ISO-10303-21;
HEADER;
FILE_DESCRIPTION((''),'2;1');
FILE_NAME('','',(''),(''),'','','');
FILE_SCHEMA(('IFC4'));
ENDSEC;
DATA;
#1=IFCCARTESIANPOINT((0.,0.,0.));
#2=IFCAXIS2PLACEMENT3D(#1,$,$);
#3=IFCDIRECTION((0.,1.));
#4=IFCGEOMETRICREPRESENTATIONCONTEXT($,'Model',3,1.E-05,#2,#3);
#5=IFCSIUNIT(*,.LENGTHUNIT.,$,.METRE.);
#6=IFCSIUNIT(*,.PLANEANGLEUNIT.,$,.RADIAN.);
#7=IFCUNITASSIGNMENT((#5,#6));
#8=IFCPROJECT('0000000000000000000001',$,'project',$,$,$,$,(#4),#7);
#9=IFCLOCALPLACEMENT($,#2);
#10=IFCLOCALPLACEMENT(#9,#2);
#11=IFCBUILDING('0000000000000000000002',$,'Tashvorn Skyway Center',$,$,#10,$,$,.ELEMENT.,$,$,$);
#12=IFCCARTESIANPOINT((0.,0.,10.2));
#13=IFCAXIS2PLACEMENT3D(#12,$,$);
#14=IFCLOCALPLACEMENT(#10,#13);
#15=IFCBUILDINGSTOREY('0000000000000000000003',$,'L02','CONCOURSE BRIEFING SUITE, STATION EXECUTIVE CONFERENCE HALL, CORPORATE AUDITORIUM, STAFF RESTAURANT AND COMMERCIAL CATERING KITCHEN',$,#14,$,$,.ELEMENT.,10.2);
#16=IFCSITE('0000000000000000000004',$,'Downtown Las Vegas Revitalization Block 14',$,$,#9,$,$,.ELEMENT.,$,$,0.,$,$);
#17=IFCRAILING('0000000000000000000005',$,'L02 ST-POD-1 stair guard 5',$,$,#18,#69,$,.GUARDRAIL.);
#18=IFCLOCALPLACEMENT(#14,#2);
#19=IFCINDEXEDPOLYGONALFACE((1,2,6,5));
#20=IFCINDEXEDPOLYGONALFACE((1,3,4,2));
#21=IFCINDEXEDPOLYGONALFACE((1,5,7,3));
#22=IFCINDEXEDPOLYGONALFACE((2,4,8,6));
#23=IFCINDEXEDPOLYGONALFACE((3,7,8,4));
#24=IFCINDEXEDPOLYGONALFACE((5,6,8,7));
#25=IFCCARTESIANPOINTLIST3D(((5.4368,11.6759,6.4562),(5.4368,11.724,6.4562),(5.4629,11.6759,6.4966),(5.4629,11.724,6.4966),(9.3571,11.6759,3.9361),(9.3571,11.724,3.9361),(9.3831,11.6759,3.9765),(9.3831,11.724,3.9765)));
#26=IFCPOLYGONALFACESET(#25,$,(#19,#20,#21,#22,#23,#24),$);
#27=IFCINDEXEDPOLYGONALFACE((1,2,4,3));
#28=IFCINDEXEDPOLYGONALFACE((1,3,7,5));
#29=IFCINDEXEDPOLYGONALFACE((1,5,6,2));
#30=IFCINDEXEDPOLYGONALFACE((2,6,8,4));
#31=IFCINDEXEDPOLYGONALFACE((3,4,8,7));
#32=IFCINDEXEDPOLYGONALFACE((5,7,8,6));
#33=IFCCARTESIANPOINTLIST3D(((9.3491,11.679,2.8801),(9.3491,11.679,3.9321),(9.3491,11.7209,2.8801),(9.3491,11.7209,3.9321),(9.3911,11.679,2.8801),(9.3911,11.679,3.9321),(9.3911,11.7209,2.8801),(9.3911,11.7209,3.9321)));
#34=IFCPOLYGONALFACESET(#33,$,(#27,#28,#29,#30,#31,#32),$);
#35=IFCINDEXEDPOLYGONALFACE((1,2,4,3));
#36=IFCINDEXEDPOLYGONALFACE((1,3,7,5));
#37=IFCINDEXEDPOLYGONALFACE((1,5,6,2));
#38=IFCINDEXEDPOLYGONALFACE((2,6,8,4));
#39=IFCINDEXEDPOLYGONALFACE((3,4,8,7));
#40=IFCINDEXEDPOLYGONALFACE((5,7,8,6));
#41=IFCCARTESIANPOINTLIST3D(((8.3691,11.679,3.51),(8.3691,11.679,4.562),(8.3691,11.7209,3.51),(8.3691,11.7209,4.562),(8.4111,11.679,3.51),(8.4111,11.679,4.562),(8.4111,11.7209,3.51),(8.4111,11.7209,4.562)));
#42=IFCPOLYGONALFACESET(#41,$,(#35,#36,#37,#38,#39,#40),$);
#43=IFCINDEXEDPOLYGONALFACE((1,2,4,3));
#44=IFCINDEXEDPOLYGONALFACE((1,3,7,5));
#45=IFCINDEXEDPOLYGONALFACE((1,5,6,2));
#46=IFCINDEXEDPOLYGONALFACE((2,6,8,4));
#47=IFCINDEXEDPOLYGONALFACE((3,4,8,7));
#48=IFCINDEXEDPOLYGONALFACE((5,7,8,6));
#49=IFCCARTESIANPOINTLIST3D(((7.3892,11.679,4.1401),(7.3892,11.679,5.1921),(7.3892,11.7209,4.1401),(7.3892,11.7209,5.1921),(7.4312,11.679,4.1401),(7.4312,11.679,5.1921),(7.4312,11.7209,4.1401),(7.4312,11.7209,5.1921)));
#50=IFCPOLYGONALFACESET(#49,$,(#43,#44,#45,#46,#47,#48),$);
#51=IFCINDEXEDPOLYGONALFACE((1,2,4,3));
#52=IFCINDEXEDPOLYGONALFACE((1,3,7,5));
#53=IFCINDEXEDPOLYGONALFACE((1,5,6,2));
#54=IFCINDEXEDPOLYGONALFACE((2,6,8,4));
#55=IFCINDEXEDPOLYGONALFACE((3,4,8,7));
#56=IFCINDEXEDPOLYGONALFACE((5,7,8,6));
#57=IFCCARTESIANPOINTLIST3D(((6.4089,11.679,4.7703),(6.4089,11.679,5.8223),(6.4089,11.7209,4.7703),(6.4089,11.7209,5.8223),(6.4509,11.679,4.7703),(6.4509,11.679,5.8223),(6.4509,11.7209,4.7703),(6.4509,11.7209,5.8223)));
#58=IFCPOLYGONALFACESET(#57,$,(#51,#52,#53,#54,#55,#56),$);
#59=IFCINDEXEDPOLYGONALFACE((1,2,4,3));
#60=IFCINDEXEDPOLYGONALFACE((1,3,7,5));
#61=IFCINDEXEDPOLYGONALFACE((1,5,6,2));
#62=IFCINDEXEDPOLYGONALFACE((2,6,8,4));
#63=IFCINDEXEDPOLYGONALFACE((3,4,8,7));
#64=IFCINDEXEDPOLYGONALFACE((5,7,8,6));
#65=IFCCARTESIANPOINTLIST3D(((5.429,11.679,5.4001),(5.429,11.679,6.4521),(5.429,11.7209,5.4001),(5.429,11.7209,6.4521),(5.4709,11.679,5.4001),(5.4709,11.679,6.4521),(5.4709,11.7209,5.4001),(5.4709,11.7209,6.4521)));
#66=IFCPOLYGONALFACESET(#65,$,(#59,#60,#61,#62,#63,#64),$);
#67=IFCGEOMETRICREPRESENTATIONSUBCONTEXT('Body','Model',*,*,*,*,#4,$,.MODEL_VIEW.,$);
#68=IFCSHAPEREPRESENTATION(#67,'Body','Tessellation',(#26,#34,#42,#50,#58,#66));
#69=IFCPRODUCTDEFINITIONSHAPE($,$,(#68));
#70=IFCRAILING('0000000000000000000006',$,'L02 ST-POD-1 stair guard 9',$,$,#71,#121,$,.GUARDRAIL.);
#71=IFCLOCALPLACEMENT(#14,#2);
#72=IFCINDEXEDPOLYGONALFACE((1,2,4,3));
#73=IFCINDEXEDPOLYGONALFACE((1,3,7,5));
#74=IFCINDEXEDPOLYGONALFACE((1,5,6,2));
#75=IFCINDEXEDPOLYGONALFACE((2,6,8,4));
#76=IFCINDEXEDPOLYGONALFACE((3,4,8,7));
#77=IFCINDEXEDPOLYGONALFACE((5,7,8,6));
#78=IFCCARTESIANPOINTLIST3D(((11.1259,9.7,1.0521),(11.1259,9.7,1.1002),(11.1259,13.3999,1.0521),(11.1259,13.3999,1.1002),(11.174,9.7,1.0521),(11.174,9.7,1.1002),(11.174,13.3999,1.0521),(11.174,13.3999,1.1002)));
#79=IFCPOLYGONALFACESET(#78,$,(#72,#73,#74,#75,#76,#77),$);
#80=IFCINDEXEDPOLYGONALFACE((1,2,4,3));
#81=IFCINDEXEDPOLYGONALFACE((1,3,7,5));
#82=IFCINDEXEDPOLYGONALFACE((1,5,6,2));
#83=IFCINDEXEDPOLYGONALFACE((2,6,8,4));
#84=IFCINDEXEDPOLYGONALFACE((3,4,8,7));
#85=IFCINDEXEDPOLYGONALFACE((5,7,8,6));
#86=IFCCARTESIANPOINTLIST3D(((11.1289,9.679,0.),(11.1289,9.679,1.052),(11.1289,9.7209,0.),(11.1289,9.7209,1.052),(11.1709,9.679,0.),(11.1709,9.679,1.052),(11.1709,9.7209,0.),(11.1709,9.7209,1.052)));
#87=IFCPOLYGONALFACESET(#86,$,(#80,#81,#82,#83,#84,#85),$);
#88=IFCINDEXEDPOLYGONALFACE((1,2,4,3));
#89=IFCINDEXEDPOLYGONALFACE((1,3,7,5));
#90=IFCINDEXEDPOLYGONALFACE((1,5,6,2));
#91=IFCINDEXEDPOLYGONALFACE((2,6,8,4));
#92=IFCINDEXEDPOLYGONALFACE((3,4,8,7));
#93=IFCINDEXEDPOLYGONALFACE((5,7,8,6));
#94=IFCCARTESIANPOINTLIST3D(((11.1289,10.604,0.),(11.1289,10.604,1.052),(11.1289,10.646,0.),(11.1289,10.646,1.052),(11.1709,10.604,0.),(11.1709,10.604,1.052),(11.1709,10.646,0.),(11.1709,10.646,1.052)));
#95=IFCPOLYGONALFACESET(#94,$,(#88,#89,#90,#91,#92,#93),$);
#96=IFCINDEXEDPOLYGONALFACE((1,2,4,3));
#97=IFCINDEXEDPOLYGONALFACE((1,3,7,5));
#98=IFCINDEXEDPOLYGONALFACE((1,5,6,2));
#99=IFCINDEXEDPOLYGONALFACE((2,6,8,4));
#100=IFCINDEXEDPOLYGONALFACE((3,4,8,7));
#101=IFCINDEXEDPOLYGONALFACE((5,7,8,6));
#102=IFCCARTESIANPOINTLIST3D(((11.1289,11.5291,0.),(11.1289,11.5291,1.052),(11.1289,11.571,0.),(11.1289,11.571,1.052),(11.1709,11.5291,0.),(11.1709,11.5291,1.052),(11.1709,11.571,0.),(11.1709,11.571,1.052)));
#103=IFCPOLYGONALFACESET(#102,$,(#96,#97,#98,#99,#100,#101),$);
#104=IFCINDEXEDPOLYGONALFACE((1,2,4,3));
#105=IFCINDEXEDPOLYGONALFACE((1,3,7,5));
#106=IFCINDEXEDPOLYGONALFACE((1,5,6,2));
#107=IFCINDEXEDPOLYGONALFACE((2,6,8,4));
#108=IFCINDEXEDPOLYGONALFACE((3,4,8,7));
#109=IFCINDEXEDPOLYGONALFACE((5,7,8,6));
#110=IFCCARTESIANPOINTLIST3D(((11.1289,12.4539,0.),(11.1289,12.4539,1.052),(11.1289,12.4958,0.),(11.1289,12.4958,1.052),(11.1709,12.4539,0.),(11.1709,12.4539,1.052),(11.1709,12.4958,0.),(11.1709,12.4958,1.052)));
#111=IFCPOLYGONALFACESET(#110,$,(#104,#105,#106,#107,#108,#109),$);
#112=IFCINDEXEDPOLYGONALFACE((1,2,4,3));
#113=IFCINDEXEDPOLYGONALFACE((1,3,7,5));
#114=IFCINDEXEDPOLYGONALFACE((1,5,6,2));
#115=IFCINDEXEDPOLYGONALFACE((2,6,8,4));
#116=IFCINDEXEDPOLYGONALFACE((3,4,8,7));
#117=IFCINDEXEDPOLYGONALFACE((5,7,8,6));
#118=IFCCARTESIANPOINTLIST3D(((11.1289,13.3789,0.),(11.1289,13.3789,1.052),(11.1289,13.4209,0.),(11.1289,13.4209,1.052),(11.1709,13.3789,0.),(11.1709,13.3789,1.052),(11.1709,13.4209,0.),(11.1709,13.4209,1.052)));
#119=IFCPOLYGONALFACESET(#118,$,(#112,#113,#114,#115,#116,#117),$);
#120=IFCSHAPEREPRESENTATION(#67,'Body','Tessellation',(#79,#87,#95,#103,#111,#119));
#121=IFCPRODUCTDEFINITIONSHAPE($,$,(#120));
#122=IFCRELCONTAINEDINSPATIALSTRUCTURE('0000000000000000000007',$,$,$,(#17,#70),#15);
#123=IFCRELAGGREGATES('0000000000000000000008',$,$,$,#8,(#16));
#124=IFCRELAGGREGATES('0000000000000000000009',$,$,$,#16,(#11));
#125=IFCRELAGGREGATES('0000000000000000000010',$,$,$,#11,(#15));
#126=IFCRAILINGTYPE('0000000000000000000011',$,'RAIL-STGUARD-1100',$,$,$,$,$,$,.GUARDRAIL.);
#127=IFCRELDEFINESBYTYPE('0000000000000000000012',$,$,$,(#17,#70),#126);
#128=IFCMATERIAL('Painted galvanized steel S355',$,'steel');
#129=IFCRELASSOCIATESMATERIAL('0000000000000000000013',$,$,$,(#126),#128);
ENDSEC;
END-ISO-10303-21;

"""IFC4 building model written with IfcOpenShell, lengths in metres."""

from ifc_helpers import new_model, si_unit, direction, frame, origin, origin_2d, place, context, subcontext, project, spatial, rectangle, extrude, material, type_object, element, save


model = new_model("IFC4")

# Units and contexts
model_context = context("Model", 3, precision=1e-05, world=origin(), true_north=direction((0.0, 1.0)))
body_context = subcontext(model_context, "Body", "Model", "MODEL_VIEW")
ifc_project = project(units=[si_unit("LENGTHUNIT", "METRE"), si_unit("PLANEANGLEUNIT", "RADIAN")], contexts=[model_context])

# Site, building, storey
site_placement = place(None, origin())
site = spatial("IfcSite", under=ifc_project, at=site_placement, Name="Downtown Las Vegas Revitalization Block 14", CompositionType="ELEMENT", RefElevation=0.0)
building_placement = place(site_placement, origin())
building = spatial("IfcBuilding", under=site, at=building_placement, Name="Tashvorn Skyway Center", CompositionType="ELEMENT")
storey_placement = place(building_placement, frame((0.0, 0.0, 10.2)))
storey = spatial("IfcBuildingStorey", under=building, at=storey_placement, Name="L02", Description="CONCOURSE BRIEFING SUITE, STATION EXECUTIVE CONFERENCE HALL, CORPORATE AUDITORIUM, STAFF RESTAURANT AND COMMERCIAL CATERING KITCHEN", CompositionType="ELEMENT", Elevation=10.2)

# Railings
ifc_material_1 = material(Name="Painted galvanized steel S355", Category="steel")
railing_type_1 = type_object("IfcRailingType", Name="RAIL-STGUARD-1100", PredefinedType="GUARDRAIL", material=ifc_material_1)
railing_1_placement = place(storey_placement, frame((9.3701, 11.7, 2.8801)))
element("IfcRailing", 1, at=railing_1_placement, inside=storey, type_object=railing_type_1, Name="L02 ST-POD-1 stair guard 5", PredefinedType="GUARDRAIL", context=body_context, shape_type="SweptSolid", body=[
    extrude(rectangle(XDim=0.0481, YDim=0.0481, at=origin_2d()), frame((0.0, 0.0, 1.0762), z_axis=(-0.841187, 0.0, 0.540744), x_axis=(0.0, -1.0, 0.0)), (0.0, 0.0, 1.0), 4.6604),
    extrude(rectangle(XDim=0.042, YDim=0.042, at=origin_2d()), origin(), (0.0, 0.0, 1.0), 1.052),
    extrude(rectangle(XDim=0.042, YDim=0.042, at=origin_2d()), frame((-0.98, 0.0, 0.6299)), (0.0, 0.0, 1.0), 1.052),
    extrude(rectangle(XDim=0.042, YDim=0.042, at=origin_2d()), frame((-1.96, 0.0, 1.26)), (0.0, 0.0, 1.0), 1.052),
    extrude(rectangle(XDim=0.042, YDim=0.042, at=origin_2d()), frame((-2.9402, 0.0, 1.8901)), (0.0, 0.0, 1.0), 1.052),
    extrude(rectangle(XDim=0.042, YDim=0.042, at=origin_2d()), frame((-3.9202, 0.0, 2.52)), (0.0, 0.0, 1.0), 1.052),
])
railing_2_placement = place(storey_placement, frame((11.1499, 9.7, 0.0)))
element("IfcRailing", 2, at=railing_2_placement, inside=storey, type_object=railing_type_1, Name="L02 ST-POD-1 stair guard 9", PredefinedType="GUARDRAIL", context=body_context, shape_type="SweptSolid", body=[
    extrude(rectangle(XDim=0.0481, YDim=0.0481, at=origin_2d()), frame((0.0, 0.0, 1.0762), z_axis=(0.0, 1.0, 0.0), x_axis=(-1.0, 0.0, 0.0)), (0.0, 0.0, 1.0), 3.7),
    extrude(rectangle(XDim=0.042, YDim=0.042, at=origin_2d()), origin(), (0.0, 0.0, 1.0), 1.052),
    extrude(rectangle(XDim=0.042, YDim=0.042, at=origin_2d()), frame((0.0, 0.925, 0.0)), (0.0, 0.0, 1.0), 1.052),
    extrude(rectangle(XDim=0.042, YDim=0.042, at=origin_2d()), frame((0.0, 1.8501, 0.0)), (0.0, 0.0, 1.0), 1.052),
    extrude(rectangle(XDim=0.042, YDim=0.042, at=origin_2d()), frame((0.0, 2.7749, 0.0)), (0.0, 0.0, 1.0), 1.052),
    extrude(rectangle(XDim=0.042, YDim=0.042, at=origin_2d()), frame((0.0, 3.7, 0.0)), (0.0, 0.0, 1.0), 1.052),
])

save(model, "model.ifc")
